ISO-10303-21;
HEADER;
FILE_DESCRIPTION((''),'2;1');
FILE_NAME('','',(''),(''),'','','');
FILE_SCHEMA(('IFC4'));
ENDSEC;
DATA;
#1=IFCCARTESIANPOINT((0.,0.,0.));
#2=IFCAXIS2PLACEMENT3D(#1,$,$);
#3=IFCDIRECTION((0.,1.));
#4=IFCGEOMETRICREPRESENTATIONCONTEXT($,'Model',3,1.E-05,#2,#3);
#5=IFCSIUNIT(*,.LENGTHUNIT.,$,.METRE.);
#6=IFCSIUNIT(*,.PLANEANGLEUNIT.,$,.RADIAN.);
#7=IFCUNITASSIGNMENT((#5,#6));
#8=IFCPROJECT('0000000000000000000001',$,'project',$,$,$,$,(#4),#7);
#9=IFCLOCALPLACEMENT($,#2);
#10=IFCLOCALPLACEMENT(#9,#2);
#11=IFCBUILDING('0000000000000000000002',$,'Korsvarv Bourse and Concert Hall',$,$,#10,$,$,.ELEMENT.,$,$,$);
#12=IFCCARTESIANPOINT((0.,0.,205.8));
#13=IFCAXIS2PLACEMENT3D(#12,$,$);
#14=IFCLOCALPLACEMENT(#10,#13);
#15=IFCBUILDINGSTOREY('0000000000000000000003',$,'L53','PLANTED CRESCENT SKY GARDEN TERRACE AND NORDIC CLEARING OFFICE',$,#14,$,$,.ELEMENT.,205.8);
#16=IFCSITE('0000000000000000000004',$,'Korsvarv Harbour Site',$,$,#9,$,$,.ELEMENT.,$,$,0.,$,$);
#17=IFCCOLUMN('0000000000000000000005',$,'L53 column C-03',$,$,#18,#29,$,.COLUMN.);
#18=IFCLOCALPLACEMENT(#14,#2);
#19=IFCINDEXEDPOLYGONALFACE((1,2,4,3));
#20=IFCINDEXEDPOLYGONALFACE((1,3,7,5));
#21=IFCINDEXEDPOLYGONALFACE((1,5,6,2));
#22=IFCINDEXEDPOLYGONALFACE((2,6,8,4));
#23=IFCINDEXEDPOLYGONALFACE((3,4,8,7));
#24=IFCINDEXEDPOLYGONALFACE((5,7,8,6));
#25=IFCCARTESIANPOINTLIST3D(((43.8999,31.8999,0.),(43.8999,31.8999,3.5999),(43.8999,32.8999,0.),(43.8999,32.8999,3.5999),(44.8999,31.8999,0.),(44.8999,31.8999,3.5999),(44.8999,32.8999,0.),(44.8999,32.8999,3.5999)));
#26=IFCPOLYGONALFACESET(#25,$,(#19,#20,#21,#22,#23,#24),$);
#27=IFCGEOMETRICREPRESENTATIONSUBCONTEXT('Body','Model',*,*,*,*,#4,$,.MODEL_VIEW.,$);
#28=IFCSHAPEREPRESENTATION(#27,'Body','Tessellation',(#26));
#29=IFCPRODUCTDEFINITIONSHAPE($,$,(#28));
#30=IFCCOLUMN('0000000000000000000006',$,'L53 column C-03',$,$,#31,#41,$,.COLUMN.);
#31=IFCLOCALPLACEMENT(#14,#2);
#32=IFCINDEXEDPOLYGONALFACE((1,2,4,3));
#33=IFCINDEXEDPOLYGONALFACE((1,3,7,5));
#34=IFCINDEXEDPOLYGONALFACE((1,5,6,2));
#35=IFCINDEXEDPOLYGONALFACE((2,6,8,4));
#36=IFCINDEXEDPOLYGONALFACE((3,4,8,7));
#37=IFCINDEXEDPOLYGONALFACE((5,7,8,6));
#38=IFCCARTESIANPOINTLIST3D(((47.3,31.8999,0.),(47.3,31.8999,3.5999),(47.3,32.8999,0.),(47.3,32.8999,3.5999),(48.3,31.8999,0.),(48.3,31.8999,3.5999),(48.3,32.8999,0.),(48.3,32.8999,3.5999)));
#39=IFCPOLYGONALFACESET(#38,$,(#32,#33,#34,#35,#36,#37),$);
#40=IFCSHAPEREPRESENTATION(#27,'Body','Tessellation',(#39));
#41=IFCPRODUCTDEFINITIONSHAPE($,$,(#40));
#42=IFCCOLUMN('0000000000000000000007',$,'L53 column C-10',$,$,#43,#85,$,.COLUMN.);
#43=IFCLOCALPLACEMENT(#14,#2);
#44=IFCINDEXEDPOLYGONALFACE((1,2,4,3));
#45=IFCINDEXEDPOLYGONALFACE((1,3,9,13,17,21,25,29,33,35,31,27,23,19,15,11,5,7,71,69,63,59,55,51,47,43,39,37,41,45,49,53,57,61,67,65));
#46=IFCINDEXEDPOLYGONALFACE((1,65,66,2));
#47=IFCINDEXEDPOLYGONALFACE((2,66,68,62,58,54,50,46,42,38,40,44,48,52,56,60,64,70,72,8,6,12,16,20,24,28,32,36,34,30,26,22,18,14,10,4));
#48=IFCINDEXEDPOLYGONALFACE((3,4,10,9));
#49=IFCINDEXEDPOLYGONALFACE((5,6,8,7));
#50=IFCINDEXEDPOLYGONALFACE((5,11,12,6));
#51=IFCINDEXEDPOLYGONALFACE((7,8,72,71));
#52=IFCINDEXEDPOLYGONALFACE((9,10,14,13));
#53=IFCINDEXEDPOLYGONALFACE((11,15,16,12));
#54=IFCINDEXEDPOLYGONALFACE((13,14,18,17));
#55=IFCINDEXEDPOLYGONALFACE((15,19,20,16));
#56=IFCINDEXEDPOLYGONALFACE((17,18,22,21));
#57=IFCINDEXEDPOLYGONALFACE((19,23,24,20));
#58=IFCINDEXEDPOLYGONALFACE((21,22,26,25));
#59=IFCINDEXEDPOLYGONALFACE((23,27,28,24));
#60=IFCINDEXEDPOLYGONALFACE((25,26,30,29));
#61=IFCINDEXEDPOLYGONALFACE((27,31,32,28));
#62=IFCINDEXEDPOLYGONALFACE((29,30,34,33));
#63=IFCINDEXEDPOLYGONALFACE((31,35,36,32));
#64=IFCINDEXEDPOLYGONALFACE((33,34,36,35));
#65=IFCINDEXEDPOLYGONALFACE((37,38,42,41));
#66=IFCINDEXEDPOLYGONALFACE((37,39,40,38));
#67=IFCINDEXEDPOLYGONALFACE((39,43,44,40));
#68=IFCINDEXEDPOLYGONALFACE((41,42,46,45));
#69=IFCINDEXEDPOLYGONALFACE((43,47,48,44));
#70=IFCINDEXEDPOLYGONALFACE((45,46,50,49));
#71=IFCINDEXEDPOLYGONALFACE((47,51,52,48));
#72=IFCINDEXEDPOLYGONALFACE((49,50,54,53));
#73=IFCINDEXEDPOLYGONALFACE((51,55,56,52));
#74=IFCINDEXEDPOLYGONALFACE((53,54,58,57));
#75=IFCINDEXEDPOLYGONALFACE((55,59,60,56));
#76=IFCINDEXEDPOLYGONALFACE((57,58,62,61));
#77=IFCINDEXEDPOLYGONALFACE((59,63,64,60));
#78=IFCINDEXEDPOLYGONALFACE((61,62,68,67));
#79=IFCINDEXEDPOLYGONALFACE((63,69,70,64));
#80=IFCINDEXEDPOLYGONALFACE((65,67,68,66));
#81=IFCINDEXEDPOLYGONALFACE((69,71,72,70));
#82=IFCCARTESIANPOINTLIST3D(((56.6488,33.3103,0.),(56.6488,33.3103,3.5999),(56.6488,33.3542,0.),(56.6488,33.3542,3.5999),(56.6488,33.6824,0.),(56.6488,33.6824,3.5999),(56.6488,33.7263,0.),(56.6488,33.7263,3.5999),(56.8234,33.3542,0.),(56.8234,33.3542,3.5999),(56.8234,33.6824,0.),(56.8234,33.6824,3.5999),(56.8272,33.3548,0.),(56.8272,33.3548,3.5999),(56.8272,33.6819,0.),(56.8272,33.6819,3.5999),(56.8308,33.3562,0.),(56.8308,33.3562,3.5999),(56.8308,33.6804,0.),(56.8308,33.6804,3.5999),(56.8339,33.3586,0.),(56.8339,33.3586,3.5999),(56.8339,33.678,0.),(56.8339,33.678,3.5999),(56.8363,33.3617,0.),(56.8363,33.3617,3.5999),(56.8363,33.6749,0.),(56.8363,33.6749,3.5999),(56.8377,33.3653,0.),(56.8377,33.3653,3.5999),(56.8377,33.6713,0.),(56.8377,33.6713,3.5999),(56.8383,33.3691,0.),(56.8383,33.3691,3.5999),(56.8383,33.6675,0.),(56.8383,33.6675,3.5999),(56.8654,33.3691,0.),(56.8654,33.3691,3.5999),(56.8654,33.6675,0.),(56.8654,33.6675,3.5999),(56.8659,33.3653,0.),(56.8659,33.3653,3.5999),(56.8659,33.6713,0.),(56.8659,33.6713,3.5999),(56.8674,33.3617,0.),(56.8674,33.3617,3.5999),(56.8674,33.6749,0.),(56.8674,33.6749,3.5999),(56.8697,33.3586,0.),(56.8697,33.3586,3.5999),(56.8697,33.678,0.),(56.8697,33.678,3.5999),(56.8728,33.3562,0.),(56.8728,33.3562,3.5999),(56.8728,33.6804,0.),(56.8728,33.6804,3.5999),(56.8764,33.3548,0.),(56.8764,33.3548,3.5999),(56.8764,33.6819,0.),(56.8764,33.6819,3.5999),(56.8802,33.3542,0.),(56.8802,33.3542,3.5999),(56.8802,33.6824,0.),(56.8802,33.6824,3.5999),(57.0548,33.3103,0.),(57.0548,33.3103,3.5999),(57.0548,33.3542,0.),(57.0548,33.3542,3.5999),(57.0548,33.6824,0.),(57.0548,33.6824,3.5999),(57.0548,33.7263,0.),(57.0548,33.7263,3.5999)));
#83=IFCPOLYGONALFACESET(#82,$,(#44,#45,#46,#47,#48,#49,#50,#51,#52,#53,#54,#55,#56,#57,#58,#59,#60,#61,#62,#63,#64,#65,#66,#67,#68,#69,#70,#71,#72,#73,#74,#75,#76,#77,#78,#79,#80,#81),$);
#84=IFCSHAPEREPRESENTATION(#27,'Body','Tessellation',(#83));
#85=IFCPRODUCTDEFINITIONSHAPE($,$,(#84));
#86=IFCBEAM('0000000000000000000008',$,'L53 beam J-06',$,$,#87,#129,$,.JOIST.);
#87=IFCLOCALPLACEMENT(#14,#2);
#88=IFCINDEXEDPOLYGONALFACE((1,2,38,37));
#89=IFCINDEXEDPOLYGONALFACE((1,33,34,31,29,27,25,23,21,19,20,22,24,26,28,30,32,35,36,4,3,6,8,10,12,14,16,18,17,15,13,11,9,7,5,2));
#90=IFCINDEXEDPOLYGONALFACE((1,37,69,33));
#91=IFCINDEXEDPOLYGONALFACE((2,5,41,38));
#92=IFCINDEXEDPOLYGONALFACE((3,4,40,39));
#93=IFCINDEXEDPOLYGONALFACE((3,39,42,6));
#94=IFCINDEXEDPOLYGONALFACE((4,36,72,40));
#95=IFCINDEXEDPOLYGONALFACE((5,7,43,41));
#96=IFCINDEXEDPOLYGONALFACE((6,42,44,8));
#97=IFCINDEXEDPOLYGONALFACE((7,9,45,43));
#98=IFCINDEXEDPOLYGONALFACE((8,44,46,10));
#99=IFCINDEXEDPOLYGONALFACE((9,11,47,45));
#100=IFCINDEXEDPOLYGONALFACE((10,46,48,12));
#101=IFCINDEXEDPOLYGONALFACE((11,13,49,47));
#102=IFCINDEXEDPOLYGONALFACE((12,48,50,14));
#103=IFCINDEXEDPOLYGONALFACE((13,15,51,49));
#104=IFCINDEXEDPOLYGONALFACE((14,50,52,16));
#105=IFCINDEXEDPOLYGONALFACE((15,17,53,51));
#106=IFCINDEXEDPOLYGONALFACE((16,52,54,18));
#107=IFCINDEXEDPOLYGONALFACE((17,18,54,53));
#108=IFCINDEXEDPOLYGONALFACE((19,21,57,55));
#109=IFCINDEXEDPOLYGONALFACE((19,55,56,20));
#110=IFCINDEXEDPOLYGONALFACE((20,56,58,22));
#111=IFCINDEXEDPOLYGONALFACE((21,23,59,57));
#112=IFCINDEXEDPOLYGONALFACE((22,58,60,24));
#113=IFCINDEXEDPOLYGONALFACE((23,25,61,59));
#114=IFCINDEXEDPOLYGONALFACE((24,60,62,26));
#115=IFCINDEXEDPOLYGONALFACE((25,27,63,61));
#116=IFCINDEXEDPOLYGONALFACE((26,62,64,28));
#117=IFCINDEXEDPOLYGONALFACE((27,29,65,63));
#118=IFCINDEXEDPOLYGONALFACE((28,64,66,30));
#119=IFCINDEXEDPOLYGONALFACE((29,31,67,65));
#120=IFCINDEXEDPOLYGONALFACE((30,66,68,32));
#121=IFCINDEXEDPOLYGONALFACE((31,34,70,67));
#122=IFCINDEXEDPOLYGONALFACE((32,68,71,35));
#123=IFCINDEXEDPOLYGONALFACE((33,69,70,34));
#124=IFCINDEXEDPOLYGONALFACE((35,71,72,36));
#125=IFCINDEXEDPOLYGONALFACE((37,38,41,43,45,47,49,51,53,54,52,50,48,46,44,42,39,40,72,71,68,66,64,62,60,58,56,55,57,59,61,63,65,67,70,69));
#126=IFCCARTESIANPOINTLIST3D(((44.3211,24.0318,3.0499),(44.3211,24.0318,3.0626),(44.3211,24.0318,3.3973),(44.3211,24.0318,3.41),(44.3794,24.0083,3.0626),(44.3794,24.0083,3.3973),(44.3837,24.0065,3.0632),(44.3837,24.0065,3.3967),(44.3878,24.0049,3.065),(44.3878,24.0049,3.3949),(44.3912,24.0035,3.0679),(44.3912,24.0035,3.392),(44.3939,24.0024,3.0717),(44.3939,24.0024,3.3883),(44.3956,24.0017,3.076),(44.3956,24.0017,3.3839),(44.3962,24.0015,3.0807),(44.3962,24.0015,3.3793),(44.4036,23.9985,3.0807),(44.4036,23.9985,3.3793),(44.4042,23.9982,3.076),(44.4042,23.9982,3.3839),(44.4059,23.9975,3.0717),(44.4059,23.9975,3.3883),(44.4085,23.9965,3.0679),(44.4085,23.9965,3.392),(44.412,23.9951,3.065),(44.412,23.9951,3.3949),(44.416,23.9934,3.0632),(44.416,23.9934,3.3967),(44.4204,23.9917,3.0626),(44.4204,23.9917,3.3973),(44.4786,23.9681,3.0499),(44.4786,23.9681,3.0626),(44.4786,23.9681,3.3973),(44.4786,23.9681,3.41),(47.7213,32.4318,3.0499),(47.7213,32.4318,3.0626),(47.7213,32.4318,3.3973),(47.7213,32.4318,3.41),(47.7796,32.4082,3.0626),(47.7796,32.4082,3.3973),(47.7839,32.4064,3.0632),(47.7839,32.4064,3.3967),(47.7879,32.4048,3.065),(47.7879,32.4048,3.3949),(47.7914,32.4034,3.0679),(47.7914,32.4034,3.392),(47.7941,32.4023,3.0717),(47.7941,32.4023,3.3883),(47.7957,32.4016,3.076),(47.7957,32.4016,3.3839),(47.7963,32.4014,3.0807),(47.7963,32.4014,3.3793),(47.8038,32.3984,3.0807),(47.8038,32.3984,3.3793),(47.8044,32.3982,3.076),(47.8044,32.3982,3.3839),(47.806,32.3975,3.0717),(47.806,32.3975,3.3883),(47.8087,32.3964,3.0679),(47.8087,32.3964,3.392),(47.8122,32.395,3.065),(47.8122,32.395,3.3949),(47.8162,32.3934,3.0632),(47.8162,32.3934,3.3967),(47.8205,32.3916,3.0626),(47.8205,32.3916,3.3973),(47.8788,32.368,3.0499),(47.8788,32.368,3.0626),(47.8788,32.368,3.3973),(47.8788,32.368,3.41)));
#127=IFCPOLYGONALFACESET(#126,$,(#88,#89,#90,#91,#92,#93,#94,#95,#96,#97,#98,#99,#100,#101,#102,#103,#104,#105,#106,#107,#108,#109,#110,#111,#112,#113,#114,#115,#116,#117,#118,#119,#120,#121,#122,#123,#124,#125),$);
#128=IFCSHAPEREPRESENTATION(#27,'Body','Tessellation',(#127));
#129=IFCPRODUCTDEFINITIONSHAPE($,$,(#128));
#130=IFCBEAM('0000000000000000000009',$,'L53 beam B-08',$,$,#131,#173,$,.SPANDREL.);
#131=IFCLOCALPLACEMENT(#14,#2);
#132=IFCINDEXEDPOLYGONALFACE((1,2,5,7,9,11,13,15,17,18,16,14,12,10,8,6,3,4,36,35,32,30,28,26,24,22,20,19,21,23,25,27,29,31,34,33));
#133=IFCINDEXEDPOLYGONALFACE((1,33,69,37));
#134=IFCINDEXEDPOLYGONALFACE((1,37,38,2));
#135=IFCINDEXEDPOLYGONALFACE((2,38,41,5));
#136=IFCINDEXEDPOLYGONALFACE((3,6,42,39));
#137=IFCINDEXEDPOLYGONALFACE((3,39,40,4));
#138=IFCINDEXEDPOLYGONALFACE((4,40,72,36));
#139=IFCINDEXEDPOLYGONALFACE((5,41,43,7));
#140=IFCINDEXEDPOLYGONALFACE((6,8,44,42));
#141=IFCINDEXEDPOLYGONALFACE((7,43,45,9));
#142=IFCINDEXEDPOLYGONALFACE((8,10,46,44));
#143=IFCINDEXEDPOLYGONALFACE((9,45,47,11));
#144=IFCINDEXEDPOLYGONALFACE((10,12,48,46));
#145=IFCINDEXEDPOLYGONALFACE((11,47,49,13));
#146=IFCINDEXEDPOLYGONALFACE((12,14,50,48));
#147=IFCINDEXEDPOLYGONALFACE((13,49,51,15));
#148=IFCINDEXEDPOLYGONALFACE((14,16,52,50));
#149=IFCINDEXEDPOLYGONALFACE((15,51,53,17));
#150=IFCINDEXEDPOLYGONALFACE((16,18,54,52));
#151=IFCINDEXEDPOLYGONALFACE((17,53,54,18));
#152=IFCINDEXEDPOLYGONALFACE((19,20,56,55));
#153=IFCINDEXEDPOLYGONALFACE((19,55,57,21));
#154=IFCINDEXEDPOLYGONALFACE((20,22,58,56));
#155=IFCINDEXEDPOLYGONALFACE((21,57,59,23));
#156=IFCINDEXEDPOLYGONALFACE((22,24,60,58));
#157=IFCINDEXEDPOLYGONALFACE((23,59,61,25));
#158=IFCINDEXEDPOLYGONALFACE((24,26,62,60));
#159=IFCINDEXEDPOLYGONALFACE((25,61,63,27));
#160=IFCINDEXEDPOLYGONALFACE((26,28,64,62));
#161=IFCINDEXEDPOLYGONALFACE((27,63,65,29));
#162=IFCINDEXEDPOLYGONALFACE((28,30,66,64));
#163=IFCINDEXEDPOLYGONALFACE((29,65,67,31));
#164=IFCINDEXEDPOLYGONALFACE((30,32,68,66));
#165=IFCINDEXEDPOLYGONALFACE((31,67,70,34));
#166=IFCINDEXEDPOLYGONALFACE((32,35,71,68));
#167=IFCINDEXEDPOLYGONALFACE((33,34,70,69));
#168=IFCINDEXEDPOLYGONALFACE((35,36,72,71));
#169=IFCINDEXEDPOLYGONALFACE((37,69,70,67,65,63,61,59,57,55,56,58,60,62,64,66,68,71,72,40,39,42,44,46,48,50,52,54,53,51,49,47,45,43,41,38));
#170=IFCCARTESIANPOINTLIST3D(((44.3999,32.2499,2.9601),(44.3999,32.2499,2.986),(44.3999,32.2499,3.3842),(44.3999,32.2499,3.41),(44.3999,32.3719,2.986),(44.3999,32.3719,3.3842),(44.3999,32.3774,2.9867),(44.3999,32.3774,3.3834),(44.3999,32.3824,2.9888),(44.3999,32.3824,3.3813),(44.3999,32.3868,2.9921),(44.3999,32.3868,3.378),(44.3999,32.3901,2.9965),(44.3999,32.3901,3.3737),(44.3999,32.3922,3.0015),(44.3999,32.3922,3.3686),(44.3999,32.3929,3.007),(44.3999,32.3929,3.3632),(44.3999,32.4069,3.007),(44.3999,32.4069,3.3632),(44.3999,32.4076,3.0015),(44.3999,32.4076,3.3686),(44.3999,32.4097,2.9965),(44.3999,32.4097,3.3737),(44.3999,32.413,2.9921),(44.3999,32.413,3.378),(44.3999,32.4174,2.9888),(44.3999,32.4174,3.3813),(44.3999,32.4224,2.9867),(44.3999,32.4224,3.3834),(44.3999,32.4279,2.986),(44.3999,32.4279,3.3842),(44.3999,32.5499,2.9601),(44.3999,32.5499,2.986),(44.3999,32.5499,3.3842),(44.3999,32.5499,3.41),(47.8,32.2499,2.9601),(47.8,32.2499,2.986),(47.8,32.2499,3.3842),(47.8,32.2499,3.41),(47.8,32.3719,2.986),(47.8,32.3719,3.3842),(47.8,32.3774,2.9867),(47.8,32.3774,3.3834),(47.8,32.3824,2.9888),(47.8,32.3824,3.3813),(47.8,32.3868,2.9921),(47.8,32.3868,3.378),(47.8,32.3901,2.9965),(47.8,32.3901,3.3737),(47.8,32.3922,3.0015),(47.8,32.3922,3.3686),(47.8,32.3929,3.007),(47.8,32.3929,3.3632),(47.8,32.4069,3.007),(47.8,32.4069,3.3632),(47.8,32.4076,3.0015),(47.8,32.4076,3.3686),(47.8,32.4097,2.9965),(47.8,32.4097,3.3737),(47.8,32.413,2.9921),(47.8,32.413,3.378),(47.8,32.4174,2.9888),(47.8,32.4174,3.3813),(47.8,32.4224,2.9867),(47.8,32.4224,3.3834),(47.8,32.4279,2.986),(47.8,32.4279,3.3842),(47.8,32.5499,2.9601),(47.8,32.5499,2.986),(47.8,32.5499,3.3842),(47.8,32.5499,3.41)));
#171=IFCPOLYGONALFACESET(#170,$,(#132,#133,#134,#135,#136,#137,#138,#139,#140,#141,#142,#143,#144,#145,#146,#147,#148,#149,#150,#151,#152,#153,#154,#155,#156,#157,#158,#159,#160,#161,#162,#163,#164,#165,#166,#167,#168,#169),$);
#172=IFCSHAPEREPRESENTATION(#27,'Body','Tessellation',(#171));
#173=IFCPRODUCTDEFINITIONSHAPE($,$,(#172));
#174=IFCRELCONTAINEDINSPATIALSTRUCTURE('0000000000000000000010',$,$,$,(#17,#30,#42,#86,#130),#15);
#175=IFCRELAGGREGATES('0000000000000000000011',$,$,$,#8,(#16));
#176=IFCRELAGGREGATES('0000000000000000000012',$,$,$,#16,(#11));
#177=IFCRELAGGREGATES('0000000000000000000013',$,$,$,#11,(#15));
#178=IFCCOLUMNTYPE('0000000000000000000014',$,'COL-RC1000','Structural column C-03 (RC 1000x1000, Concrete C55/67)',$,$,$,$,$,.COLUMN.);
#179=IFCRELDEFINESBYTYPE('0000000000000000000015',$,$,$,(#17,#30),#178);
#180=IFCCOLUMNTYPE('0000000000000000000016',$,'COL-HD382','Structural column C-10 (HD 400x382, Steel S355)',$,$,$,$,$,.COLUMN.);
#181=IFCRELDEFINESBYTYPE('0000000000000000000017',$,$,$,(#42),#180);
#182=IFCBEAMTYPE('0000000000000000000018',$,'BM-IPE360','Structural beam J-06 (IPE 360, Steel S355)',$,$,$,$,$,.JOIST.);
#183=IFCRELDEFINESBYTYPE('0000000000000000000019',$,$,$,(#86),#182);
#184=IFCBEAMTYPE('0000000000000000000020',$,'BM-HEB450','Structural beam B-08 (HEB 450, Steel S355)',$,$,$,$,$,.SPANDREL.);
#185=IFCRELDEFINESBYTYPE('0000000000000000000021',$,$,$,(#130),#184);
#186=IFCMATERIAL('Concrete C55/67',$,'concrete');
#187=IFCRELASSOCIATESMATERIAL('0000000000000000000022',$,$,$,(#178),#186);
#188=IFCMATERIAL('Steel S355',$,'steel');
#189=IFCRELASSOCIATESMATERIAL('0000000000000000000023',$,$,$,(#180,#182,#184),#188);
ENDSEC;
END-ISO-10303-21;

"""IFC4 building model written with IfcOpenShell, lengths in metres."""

from ifc_helpers import new_model, si_unit, direction, frame, origin, origin_2d, place, context, subcontext, project, spatial, rectangle, i_section, extrude, source, transform, mapped, material, material_profile, profile_set, type_object, element, save


model = new_model("IFC4")

# Units and contexts
model_context = context("Model", 3, precision=1e-05, world=origin(), true_north=direction((0.0, 1.0)))
body_context = subcontext(model_context, "Body", "Model", "MODEL_VIEW")
ifc_project = project(units=[si_unit("LENGTHUNIT", "METRE"), si_unit("PLANEANGLEUNIT", "RADIAN")], contexts=[model_context])

# Site, building, storey
site_placement = place(None, origin())
site = spatial("IfcSite", under=ifc_project, at=site_placement, Name="Korsvarv Harbour Site", CompositionType="ELEMENT", RefElevation=0.0)
building_placement = place(site_placement, origin())
building = spatial("IfcBuilding", under=site, at=building_placement, Name="Korsvarv Bourse and Concert Hall", CompositionType="ELEMENT")
storey_placement = place(building_placement, frame((0.0, 0.0, 205.8)))
storey = spatial("IfcBuildingStorey", under=building, at=storey_placement, Name="L53", Description="PLANTED CRESCENT SKY GARDEN TERRACE AND NORDIC CLEARING OFFICE", CompositionType="ELEMENT", Elevation=205.8)

# Columns
ifc_material_1 = material(Name="Concrete C55/67", Category="concrete")
ifc_material_profile_1 = material_profile(ifc_material_1, rectangle(XDim=1.0, YDim=1.0, at=origin_2d()), Name="RC 1000x1000")
ifc_profile_set_1 = profile_set([ifc_material_profile_1], Name="Concrete C55/67")
column_type_1 = type_object("IfcColumnType", Name="COL-RC1000", Description="Structural column C-03 (RC 1000x1000, Concrete C55/67)", PredefinedType="COLUMN", material=ifc_profile_set_1)
shared_shape_1 = source(origin(), body_context, "Body", "SweptSolid", [
    extrude(rectangle(XDim=1.0, YDim=1.0, at=origin_2d()), origin(), (0.0, 0.0, 1.0), 3.5999),
])
for number, where, z_axis, x_axis, name in (
    (1, (44.3999, 32.3999, 0.0), (0.0, 0.0, 1.0), (1.0, 0.0, 0.0), "L53 column C-03"),
    (2, (47.8, 32.3999, 0.0), (0.0, 0.0, 1.0), (1.0, 0.0, 0.0), "L53 column C-03"),
):
    element("IfcColumn", number, at=place(storey_placement, frame(where, z_axis=z_axis, x_axis=x_axis)), inside=storey, type_object=column_type_1, Name=name, PredefinedType="COLUMN", context=body_context, shape_type="MappedRepresentation", body=[
        mapped(shared_shape_1, transform((0.0, 0.0, 0.0), scale=1.0)),
    ])
ifc_material_2 = material(Name="Steel S355", Category="steel")
ifc_material_profile_2 = material_profile(ifc_material_2, i_section(OverallWidth=0.406, OverallDepth=0.416, WebThickness=0.0271, FlangeThickness=0.0439, FilletRadius=0.0149, at=origin_2d()), Name="HD 400x382")
ifc_profile_set_2 = profile_set([ifc_material_profile_2], Name="Steel S355")
column_type_2 = type_object("IfcColumnType", Name="COL-HD382", Description="Structural column C-10 (HD 400x382, Steel S355)", PredefinedType="COLUMN", material=ifc_profile_set_2)
shared_shape_2 = source(origin(), body_context, "Body", "SweptSolid", [
    extrude(i_section(OverallWidth=0.406, OverallDepth=0.416, WebThickness=0.0271, FlangeThickness=0.0439, FilletRadius=0.0149, at=origin_2d()), origin(), (0.0, 0.0, 1.0), 3.5999),
])
column_placement = place(storey_placement, frame((56.8518, 33.5183, 0.0), z_axis=(0.0, 0.0, 1.0), x_axis=(1.0, 0.0, 0.0)))
element("IfcColumn", 3, at=column_placement, inside=storey, type_object=column_type_2, Name="L53 column C-10", PredefinedType="COLUMN", context=body_context, shape_type="MappedRepresentation", body=[
    mapped(shared_shape_2, transform((0.0, 0.0, 0.0), scale=1.0)),
])

# Beams
ifc_material_profile_3 = material_profile(ifc_material_2, i_section(OverallWidth=0.1699, OverallDepth=0.3601, WebThickness=0.0081, FlangeThickness=0.0127, FilletRadius=0.0181, at=origin_2d()), Name="IPE 360")
ifc_profile_set_3 = profile_set([ifc_material_profile_3], Name="Steel S355")
beam_type_1 = type_object("IfcBeamType", Name="BM-IPE360", Description="Structural beam J-06 (IPE 360, Steel S355)", PredefinedType="JOIST", material=ifc_profile_set_3)
shared_shape_3 = source(origin(), body_context, "Body", "SweptSolid", [
    extrude(i_section(OverallWidth=0.1699, OverallDepth=0.3601, WebThickness=0.0081, FlangeThickness=0.0127, FilletRadius=0.0181, at=origin_2d()), origin(), (0.0, 0.0, 1.0), 9.062),
])
beam_1_placement = place(storey_placement, frame((47.8, 32.3999, 3.23), z_axis=(-0.37521, -0.92694, 0.0), x_axis=(0.92694, -0.37521, 0.0)))
element("IfcBeam", 4, at=beam_1_placement, inside=storey, type_object=beam_type_1, Name="L53 beam J-06", PredefinedType="JOIST", context=body_context, shape_type="MappedRepresentation", body=[
    mapped(shared_shape_3, transform((0.0, 0.0, 0.0), scale=1.0)),
])
ifc_material_profile_4 = material_profile(ifc_material_2, i_section(OverallWidth=0.3, OverallDepth=0.45, WebThickness=0.0139, FlangeThickness=0.0259, FilletRadius=0.021, at=origin_2d()), Name="HEB 450")
ifc_profile_set_4 = profile_set([ifc_material_profile_4], Name="Steel S355")
beam_type_2 = type_object("IfcBeamType", Name="BM-HEB450", Description="Structural beam B-08 (HEB 450, Steel S355)", PredefinedType="SPANDREL", material=ifc_profile_set_4)
shared_shape_4 = source(origin(), body_context, "Body", "SweptSolid", [
    extrude(i_section(OverallWidth=0.3, OverallDepth=0.45, WebThickness=0.0139, FlangeThickness=0.0259, FilletRadius=0.021, at=origin_2d()), origin(), (0.0, 0.0, 1.0), 3.4001),
])
beam_2_placement = place(storey_placement, frame((44.3999, 32.3999, 3.1851), z_axis=(1.0, 0.0, 0.0), x_axis=(0.0, 1.0, 0.0)))
element("IfcBeam", 5, at=beam_2_placement, inside=storey, type_object=beam_type_2, Name="L53 beam B-08", PredefinedType="SPANDREL", context=body_context, shape_type="MappedRepresentation", body=[
    mapped(shared_shape_4, transform((0.0, 0.0, 0.0), scale=1.0)),
])

save(model, "model.ifc")
